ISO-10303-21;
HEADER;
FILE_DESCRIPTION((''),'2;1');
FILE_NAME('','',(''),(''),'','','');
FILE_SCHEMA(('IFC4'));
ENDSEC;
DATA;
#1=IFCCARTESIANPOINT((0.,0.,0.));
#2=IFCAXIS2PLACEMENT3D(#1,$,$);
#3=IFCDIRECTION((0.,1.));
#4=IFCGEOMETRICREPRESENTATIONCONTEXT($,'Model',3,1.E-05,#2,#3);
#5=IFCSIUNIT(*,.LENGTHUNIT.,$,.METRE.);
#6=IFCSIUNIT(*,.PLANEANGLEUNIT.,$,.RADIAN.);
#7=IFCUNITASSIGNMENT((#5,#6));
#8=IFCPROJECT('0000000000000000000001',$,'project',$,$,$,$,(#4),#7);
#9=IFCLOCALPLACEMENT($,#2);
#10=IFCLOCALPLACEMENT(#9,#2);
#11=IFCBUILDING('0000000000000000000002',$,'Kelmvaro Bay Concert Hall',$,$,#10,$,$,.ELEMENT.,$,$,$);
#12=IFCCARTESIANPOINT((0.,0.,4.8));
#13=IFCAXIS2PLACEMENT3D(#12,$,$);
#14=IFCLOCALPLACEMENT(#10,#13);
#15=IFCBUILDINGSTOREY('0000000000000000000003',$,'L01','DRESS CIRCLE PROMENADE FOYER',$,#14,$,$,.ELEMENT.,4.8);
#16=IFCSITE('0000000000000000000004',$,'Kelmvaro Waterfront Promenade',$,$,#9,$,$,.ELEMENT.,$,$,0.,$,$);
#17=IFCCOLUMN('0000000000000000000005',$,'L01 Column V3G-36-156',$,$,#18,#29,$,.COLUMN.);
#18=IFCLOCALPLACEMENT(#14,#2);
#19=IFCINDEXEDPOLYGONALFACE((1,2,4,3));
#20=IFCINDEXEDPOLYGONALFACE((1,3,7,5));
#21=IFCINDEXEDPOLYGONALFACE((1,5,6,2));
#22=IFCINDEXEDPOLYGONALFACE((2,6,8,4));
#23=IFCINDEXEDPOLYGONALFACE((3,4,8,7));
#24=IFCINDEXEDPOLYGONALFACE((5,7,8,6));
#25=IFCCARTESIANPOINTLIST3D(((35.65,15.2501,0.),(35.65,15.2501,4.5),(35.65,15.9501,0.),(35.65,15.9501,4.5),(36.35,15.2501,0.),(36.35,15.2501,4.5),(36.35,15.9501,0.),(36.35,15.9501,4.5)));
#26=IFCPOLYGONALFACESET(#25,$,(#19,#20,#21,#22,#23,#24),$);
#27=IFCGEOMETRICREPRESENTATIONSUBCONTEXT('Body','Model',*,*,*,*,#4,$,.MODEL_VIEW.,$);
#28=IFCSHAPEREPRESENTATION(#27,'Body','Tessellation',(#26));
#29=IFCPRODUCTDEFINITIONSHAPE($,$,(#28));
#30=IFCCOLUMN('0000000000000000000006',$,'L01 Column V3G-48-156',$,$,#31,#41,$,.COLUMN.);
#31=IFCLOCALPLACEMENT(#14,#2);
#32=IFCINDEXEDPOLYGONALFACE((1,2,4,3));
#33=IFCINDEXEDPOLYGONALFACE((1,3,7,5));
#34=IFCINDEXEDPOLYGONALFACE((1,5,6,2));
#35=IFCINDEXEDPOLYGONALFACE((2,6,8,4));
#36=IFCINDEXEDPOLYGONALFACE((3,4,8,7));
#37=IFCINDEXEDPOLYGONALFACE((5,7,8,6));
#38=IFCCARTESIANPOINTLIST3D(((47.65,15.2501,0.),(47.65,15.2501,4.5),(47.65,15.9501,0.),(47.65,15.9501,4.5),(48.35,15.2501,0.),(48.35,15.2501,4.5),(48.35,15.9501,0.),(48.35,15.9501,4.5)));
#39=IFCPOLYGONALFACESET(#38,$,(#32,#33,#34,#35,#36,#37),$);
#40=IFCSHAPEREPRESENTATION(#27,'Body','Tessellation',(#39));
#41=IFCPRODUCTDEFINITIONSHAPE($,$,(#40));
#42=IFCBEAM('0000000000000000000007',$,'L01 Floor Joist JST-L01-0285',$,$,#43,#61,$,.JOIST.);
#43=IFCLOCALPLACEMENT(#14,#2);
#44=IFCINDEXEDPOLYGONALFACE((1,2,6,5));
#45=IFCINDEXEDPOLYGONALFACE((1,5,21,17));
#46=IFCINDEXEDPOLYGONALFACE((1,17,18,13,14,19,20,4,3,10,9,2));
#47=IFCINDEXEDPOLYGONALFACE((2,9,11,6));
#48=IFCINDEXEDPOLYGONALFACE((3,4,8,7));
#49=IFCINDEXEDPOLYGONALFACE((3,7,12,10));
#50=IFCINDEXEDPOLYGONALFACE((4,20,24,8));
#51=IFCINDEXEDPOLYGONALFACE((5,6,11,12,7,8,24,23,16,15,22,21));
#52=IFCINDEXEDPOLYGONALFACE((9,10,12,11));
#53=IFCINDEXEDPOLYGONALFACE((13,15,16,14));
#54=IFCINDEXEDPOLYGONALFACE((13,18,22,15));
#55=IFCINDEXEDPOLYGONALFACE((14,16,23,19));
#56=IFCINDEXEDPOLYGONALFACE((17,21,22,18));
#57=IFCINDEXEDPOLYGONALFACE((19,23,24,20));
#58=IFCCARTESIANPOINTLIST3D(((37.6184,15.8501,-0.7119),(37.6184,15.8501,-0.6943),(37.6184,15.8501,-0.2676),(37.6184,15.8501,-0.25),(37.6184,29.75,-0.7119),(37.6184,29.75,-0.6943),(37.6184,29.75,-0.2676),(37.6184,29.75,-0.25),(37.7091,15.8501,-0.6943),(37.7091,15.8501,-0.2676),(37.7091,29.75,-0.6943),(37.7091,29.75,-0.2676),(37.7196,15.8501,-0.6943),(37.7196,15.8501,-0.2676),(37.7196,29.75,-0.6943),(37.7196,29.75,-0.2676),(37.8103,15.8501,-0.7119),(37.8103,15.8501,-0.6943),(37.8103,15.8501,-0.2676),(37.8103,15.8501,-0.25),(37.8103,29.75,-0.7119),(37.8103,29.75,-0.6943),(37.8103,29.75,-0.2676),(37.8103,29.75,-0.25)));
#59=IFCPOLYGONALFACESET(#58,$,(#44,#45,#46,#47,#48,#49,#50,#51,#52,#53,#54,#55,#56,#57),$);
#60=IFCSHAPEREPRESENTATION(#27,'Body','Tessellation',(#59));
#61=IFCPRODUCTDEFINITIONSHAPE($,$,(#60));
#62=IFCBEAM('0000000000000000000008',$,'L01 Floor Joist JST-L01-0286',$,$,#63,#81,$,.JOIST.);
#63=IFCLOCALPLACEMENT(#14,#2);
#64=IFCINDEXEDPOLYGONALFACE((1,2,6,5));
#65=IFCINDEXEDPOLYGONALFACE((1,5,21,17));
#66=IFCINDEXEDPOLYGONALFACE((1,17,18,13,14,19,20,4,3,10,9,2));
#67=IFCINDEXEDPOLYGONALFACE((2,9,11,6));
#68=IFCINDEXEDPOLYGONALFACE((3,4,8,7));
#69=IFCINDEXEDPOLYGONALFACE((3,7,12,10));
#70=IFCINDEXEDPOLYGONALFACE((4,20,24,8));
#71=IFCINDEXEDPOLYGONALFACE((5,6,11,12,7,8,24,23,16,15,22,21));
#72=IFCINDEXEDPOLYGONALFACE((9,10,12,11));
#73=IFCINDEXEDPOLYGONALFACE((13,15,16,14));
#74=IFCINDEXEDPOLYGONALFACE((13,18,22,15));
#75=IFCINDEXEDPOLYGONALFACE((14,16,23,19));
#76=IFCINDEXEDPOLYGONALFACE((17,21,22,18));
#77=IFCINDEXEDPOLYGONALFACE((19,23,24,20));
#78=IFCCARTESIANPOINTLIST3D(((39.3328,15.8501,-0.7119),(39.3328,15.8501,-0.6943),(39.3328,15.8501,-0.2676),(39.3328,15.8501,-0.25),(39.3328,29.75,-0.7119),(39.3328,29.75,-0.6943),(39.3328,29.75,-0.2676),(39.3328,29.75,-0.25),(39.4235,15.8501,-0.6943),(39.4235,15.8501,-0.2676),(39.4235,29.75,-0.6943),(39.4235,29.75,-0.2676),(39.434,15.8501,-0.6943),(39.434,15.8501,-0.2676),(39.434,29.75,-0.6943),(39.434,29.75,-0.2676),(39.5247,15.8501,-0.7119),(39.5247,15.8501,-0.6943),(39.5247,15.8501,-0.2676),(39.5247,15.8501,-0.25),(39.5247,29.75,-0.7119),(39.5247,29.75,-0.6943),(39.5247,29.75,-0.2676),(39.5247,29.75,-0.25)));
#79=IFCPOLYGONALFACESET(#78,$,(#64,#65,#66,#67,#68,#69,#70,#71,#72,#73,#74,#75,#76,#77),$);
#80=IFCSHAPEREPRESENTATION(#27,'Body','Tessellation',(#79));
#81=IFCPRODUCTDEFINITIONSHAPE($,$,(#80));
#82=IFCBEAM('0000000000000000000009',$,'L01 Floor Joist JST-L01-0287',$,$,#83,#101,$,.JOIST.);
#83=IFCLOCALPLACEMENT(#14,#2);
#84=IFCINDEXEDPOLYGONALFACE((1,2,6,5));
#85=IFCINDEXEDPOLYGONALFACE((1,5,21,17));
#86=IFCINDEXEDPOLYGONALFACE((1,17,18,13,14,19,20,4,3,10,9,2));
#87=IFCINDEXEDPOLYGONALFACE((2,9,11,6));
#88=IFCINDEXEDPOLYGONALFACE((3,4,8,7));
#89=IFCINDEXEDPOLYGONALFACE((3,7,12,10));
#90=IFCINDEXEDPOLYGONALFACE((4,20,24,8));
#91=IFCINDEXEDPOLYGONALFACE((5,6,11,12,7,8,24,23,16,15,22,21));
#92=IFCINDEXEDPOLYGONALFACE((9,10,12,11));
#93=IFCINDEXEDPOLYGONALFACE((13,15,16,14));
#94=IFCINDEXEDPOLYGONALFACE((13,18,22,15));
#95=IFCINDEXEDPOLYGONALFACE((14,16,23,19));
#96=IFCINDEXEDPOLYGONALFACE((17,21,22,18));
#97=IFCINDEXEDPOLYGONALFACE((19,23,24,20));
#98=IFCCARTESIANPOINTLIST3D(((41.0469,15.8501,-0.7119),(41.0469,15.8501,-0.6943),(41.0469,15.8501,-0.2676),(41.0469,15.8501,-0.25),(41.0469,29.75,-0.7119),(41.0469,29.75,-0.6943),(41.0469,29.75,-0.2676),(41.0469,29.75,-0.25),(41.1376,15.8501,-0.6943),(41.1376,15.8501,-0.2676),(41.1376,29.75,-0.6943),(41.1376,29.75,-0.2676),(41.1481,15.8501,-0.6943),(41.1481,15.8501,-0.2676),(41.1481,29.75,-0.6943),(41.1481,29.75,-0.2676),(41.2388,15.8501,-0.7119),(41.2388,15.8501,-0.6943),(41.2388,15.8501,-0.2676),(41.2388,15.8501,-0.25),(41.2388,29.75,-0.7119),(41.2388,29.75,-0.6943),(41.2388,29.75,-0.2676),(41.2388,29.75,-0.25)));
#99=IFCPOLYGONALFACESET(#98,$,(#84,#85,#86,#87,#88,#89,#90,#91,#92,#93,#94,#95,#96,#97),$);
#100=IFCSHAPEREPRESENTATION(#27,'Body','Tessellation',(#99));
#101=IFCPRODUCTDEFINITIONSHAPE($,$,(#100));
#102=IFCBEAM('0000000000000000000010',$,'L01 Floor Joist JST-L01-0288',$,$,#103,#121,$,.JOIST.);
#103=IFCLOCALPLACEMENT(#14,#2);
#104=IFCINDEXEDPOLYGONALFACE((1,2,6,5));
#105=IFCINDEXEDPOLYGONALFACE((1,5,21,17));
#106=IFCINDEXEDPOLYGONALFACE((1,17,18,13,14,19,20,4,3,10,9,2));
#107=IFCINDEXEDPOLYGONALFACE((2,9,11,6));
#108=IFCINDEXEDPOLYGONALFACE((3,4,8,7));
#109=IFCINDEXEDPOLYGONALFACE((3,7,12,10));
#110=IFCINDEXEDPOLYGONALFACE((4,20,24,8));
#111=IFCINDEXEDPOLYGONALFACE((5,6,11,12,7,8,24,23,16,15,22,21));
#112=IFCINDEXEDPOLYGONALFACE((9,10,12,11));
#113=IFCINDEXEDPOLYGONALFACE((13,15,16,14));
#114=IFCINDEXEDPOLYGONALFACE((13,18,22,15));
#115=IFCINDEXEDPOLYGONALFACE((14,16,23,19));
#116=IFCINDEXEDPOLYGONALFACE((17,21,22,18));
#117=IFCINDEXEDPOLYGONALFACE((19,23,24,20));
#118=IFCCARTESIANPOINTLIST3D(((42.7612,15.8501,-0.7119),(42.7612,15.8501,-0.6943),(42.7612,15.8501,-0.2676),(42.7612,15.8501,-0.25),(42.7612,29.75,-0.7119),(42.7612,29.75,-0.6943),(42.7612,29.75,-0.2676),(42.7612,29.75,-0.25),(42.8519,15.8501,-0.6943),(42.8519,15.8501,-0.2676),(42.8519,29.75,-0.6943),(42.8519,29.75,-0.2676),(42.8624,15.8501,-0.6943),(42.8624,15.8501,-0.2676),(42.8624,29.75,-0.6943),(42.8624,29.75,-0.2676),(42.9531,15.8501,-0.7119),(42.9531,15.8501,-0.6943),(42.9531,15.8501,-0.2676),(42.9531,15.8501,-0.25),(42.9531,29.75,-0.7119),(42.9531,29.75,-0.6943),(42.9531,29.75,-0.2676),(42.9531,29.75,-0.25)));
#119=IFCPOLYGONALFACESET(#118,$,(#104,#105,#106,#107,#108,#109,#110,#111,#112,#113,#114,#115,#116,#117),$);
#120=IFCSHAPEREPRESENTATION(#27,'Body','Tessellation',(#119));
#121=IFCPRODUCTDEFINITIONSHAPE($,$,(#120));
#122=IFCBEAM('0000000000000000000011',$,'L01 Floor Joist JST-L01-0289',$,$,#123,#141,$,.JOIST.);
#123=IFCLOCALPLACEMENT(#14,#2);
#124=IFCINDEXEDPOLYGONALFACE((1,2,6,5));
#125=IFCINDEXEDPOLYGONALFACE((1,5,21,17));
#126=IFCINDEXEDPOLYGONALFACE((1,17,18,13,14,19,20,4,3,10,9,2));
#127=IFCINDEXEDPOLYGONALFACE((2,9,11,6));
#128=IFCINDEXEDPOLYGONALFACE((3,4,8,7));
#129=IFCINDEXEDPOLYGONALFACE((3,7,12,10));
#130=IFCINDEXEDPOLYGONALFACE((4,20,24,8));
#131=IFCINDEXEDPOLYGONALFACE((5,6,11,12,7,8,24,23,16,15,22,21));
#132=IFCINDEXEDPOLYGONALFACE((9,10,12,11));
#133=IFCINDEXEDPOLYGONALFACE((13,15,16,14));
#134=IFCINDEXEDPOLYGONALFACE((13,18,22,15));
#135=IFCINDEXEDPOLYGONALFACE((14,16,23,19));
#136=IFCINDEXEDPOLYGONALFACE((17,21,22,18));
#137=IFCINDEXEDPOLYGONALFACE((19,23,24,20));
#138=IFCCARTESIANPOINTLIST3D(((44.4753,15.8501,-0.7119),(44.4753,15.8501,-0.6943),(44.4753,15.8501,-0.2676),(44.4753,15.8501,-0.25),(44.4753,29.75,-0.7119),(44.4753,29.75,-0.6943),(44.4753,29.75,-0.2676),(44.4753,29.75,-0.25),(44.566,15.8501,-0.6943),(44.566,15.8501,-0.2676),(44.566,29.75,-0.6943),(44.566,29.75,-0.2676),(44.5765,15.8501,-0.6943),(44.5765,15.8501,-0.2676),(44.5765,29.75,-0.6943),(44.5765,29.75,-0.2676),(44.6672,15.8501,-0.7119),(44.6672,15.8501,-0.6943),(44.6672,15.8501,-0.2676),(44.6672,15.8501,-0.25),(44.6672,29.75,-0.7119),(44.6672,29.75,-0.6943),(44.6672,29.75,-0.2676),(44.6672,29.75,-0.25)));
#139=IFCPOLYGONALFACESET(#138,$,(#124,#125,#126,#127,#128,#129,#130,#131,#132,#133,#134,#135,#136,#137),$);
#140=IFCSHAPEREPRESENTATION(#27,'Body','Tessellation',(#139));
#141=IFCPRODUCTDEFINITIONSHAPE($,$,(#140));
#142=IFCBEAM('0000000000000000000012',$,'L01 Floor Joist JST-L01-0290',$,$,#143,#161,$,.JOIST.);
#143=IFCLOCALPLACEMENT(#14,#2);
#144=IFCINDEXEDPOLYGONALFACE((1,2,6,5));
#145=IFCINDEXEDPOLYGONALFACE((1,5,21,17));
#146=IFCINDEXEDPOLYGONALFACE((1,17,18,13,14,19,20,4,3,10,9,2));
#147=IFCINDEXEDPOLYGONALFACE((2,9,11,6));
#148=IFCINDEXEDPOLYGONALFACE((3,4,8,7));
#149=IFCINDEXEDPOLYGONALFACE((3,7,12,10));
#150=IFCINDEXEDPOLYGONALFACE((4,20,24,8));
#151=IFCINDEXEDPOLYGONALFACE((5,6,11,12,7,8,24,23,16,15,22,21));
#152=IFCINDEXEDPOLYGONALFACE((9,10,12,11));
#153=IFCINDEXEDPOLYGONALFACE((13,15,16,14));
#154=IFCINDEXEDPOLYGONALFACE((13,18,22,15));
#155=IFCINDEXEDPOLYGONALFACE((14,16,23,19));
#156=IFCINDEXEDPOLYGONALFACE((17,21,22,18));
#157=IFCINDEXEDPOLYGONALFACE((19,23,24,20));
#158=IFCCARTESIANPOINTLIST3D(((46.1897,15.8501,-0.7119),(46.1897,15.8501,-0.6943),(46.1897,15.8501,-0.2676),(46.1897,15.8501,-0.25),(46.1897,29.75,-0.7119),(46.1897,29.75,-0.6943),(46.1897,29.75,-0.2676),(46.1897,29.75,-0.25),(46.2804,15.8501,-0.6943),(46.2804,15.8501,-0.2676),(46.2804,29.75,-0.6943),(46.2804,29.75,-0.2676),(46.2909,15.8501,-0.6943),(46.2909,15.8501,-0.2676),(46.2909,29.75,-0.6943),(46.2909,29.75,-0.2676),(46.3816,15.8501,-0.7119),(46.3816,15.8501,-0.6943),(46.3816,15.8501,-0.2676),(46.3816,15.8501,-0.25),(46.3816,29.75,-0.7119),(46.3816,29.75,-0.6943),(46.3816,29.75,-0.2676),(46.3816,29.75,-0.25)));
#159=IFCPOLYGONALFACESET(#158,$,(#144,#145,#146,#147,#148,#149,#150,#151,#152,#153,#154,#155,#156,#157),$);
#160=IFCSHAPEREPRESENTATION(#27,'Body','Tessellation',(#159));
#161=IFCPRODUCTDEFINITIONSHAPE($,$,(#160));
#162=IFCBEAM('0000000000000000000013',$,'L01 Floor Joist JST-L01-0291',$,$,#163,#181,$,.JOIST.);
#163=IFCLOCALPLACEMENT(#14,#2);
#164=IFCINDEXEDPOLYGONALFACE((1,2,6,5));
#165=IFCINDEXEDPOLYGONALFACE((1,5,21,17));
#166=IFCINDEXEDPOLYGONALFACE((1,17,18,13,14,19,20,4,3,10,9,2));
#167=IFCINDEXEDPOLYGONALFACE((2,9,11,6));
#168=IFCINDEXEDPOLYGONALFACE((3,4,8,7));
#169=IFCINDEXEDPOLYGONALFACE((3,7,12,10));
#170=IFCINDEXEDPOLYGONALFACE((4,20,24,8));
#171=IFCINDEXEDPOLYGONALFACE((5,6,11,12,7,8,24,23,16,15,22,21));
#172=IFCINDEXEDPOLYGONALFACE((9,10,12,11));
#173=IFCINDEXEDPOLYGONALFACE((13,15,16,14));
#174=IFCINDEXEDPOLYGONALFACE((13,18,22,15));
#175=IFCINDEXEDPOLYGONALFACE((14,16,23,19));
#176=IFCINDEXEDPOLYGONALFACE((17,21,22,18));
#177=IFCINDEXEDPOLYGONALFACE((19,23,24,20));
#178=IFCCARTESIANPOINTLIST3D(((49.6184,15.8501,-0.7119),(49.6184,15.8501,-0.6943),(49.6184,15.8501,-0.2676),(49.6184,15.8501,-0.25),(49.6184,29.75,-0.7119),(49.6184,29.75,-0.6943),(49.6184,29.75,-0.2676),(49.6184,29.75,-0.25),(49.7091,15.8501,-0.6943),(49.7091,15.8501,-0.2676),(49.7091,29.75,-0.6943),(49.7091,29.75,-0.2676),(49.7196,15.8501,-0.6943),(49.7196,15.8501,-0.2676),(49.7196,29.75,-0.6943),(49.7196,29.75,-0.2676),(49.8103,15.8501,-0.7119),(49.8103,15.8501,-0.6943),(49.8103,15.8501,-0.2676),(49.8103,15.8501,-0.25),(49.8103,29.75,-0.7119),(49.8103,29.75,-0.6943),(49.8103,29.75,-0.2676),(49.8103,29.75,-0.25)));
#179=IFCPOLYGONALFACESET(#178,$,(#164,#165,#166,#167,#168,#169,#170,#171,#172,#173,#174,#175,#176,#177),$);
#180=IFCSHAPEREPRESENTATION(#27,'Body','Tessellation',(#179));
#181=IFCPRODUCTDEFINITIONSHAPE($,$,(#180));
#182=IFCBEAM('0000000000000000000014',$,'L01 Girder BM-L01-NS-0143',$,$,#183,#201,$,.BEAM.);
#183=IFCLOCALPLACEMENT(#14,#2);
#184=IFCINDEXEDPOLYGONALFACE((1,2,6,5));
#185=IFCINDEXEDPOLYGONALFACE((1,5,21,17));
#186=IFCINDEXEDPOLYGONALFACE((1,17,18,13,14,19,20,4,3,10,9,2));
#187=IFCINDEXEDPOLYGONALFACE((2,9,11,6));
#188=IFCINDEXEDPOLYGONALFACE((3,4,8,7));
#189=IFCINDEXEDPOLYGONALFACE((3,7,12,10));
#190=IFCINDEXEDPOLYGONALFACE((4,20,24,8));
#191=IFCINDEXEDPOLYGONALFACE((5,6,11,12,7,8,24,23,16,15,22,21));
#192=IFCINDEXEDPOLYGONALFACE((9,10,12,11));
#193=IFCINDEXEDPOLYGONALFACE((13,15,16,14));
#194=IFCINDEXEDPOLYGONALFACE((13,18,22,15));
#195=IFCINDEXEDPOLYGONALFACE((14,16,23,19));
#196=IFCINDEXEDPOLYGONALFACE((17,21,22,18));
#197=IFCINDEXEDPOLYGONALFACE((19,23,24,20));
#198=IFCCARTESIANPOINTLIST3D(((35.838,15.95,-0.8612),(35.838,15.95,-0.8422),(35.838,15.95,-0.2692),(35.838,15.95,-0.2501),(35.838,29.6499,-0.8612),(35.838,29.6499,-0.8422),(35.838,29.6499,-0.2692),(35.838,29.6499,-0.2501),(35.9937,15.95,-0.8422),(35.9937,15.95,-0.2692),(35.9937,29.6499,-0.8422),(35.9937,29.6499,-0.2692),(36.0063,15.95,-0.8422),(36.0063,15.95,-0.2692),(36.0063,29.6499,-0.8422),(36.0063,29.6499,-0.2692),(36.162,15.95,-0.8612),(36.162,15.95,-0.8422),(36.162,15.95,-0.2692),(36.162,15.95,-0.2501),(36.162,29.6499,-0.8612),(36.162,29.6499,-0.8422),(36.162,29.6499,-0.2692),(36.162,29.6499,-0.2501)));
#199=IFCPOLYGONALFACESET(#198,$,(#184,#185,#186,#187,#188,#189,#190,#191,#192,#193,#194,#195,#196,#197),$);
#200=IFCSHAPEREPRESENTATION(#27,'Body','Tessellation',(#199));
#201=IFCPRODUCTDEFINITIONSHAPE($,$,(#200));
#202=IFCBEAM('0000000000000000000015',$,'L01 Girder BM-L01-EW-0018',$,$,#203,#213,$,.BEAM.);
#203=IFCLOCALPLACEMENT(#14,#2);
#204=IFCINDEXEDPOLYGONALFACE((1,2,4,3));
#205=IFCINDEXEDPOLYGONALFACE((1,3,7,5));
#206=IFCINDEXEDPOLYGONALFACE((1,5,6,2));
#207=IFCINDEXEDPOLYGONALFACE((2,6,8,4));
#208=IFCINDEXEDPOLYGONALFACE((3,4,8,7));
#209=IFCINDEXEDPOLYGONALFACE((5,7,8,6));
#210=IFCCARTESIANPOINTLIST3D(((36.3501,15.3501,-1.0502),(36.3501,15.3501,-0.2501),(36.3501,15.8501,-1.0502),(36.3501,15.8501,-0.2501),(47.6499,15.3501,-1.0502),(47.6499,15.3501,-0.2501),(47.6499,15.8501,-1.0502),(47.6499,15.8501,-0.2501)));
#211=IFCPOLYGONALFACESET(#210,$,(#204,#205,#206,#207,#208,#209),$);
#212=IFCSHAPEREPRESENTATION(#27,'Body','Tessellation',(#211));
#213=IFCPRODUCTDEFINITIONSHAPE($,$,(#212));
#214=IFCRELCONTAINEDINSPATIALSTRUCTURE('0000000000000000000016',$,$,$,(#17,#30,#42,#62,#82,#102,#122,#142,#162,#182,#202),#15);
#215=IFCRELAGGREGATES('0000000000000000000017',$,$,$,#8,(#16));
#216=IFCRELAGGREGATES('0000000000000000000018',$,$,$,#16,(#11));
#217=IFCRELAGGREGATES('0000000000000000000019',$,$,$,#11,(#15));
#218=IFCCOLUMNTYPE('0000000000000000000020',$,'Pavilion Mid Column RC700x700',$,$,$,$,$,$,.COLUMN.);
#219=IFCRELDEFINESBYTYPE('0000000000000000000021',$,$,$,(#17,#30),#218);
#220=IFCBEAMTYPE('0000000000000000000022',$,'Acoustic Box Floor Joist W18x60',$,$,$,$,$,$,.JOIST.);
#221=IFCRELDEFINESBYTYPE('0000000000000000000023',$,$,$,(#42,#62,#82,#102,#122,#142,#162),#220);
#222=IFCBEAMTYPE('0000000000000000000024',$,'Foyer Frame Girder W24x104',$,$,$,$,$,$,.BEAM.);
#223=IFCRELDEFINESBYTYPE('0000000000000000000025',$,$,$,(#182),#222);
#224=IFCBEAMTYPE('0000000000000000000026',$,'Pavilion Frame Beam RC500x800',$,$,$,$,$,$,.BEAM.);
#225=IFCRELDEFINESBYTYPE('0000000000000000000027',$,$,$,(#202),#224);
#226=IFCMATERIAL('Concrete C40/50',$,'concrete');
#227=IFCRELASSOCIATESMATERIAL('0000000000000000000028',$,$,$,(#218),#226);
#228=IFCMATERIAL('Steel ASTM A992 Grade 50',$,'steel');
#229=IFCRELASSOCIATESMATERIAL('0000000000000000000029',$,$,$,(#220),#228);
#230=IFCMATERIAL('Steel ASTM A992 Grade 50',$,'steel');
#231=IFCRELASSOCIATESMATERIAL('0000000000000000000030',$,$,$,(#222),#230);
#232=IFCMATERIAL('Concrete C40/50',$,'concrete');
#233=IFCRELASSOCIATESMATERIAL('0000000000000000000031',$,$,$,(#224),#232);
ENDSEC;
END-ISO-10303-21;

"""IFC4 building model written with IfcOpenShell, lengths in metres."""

from ifc_helpers import new_model, si_unit, direction, frame, origin, origin_2d, place, context, subcontext, project, spatial, rectangle, i_section, extrude, material, material_profile, profile_set, type_object, element, save


model = new_model("IFC4")

# Units and contexts
model_context = context("Model", 3, precision=1e-05, world=origin(), true_north=direction((0.0, 1.0)))
body_context = subcontext(model_context, "Body", "Model", "MODEL_VIEW")
ifc_project = project(units=[si_unit("LENGTHUNIT", "METRE"), si_unit("PLANEANGLEUNIT", "RADIAN")], contexts=[model_context])

# Site, building, storey
site_placement = place(None, origin())
site = spatial("IfcSite", under=ifc_project, at=site_placement, Name="Kelmvaro Waterfront Promenade", CompositionType="ELEMENT", RefElevation=0.0)
building_placement = place(site_placement, origin())
building = spatial("IfcBuilding", under=site, at=building_placement, Name="Kelmvaro Bay Concert Hall", CompositionType="ELEMENT")
storey_placement = place(building_placement, frame((0.0, 0.0, 4.8)))
storey = spatial("IfcBuildingStorey", under=building, at=storey_placement, Name="L01", Description="DRESS CIRCLE PROMENADE FOYER", CompositionType="ELEMENT", Elevation=4.8)

# Columns
ifc_material_1 = material(Name="Concrete C40/50", Category="concrete")
ifc_material_profile_1 = material_profile(ifc_material_1, rectangle(XDim=0.7, YDim=0.7, at=origin_2d()), Name="RC-COL-700X700")
ifc_profile_set_1 = profile_set([ifc_material_profile_1], Name="Concrete C40/50")
column_type = type_object("IfcColumnType", Name="Pavilion Mid Column RC700x700", PredefinedType="COLUMN", material=ifc_profile_set_1)
for number, where, z_axis, x_axis, name in (
    (1, (36.0, 15.6001, 0.0), (0.0, 0.0, 1.0), (1.0, 0.0, 0.0), "L01 Column V3G-36-156"),
    (2, (48.0, 15.6001, 0.0), (0.0, 0.0, 1.0), (1.0, 0.0, 0.0), "L01 Column V3G-48-156"),
):
    element("IfcColumn", number, at=place(storey_placement, frame(where, z_axis=z_axis, x_axis=x_axis)), inside=storey, type_object=column_type, Name=name, PredefinedType="COLUMN", context=body_context, shape_type="SweptSolid", body=[
        extrude(rectangle(XDim=0.7, YDim=0.7, at=origin_2d()), origin(), (0.0, 0.0, 1.0), 4.5),
    ])

# Beams
ifc_material_2 = material(Name="Steel ASTM A992 Grade 50", Category="steel")
ifc_material_profile_2 = material_profile(ifc_material_2, i_section(OverallWidth=0.1919, OverallDepth=0.4619, WebThickness=0.0105, FlangeThickness=0.0176, at=origin_2d()), Name="W18X60")
ifc_profile_set_2 = profile_set([ifc_material_profile_2], Name="Steel ASTM A992 Grade 50")
beam_type_1 = type_object("IfcBeamType", Name="Acoustic Box Floor Joist W18x60", PredefinedType="JOIST", material=ifc_profile_set_2)
for number, where, z_axis, x_axis, name in (
    (3, (37.7144, 15.8501, -0.481), (0.0, 1.0, 0.0), (-1.0, 0.0, 0.0), "L01 Floor Joist JST-L01-0285"),
    (4, (39.4287, 15.8501, -0.481), (0.0, 1.0, 0.0), (-1.0, 0.0, 0.0), "L01 Floor Joist JST-L01-0286"),
    (5, (41.1428, 15.8501, -0.481), (0.0, 1.0, 0.0), (-1.0, 0.0, 0.0), "L01 Floor Joist JST-L01-0287"),
    (6, (42.8572, 15.8501, -0.481), (0.0, 1.0, 0.0), (-1.0, 0.0, 0.0), "L01 Floor Joist JST-L01-0288"),
    (7, (44.5713, 15.8501, -0.481), (0.0, 1.0, 0.0), (-1.0, 0.0, 0.0), "L01 Floor Joist JST-L01-0289"),
    (8, (46.2856, 15.8501, -0.481), (0.0, 1.0, 0.0), (-1.0, 0.0, 0.0), "L01 Floor Joist JST-L01-0290"),
    (9, (49.7144, 15.8501, -0.481), (0.0, 1.0, 0.0), (-1.0, 0.0, 0.0), "L01 Floor Joist JST-L01-0291"),
):
    element("IfcBeam", number, at=place(storey_placement, frame(where, z_axis=z_axis, x_axis=x_axis)), inside=storey, type_object=beam_type_1, Name=name, PredefinedType="JOIST", context=body_context, shape_type="SweptSolid", body=[
        extrude(i_section(OverallWidth=0.1919, OverallDepth=0.4619, WebThickness=0.0105, FlangeThickness=0.0176, at=origin_2d()), origin(), (0.0, 0.0, 1.0), 13.8999),
    ])
ifc_material_3 = material(Name="Steel ASTM A992 Grade 50", Category="steel")
ifc_material_profile_3 = material_profile(ifc_material_3, i_section(OverallWidth=0.324, OverallDepth=0.6111, WebThickness=0.0127, FlangeThickness=0.019, at=origin_2d()), Name="W24X104")
ifc_profile_set_3 = profile_set([ifc_material_profile_3], Name="Steel ASTM A992 Grade 50")
beam_type_2 = type_object("IfcBeamType", Name="Foyer Frame Girder W24x104", PredefinedType="BEAM", material=ifc_profile_set_3)
beam_1_placement = place(storey_placement, frame((36.0, 15.95, -0.5557), z_axis=(0.0, 1.0, 0.0), x_axis=(-1.0, 0.0, 0.0)))
element("IfcBeam", 10, at=beam_1_placement, inside=storey, type_object=beam_type_2, Name="L01 Girder BM-L01-NS-0143", PredefinedType="BEAM", context=body_context, shape_type="SweptSolid", body=[
    extrude(i_section(OverallWidth=0.324, OverallDepth=0.6111, WebThickness=0.0127, FlangeThickness=0.019, at=origin_2d()), origin(), (0.0, 0.0, 1.0), 13.7),
])
ifc_material_4 = material(Name="Concrete C40/50", Category="concrete")
ifc_material_profile_4 = material_profile(ifc_material_4, rectangle(XDim=0.5, YDim=0.8, at=origin_2d()), Name="RC-BM-500X800")
ifc_profile_set_4 = profile_set([ifc_material_profile_4], Name="Concrete C40/50")
beam_type_3 = type_object("IfcBeamType", Name="Pavilion Frame Beam RC500x800", PredefinedType="BEAM", material=ifc_profile_set_4)
beam_2_placement = place(storey_placement, frame((36.3501, 15.6001, -0.6501), z_axis=(1.0, 0.0, 0.0), x_axis=(0.0, 1.0, 0.0)))
element("IfcBeam", 11, at=beam_2_placement, inside=storey, type_object=beam_type_3, Name="L01 Girder BM-L01-EW-0018", PredefinedType="BEAM", context=body_context, shape_type="SweptSolid", body=[
    extrude(rectangle(XDim=0.5, YDim=0.8, at=origin_2d()), origin(), (0.0, 0.0, 1.0), 11.2998),
])

save(model, "model.ifc")
